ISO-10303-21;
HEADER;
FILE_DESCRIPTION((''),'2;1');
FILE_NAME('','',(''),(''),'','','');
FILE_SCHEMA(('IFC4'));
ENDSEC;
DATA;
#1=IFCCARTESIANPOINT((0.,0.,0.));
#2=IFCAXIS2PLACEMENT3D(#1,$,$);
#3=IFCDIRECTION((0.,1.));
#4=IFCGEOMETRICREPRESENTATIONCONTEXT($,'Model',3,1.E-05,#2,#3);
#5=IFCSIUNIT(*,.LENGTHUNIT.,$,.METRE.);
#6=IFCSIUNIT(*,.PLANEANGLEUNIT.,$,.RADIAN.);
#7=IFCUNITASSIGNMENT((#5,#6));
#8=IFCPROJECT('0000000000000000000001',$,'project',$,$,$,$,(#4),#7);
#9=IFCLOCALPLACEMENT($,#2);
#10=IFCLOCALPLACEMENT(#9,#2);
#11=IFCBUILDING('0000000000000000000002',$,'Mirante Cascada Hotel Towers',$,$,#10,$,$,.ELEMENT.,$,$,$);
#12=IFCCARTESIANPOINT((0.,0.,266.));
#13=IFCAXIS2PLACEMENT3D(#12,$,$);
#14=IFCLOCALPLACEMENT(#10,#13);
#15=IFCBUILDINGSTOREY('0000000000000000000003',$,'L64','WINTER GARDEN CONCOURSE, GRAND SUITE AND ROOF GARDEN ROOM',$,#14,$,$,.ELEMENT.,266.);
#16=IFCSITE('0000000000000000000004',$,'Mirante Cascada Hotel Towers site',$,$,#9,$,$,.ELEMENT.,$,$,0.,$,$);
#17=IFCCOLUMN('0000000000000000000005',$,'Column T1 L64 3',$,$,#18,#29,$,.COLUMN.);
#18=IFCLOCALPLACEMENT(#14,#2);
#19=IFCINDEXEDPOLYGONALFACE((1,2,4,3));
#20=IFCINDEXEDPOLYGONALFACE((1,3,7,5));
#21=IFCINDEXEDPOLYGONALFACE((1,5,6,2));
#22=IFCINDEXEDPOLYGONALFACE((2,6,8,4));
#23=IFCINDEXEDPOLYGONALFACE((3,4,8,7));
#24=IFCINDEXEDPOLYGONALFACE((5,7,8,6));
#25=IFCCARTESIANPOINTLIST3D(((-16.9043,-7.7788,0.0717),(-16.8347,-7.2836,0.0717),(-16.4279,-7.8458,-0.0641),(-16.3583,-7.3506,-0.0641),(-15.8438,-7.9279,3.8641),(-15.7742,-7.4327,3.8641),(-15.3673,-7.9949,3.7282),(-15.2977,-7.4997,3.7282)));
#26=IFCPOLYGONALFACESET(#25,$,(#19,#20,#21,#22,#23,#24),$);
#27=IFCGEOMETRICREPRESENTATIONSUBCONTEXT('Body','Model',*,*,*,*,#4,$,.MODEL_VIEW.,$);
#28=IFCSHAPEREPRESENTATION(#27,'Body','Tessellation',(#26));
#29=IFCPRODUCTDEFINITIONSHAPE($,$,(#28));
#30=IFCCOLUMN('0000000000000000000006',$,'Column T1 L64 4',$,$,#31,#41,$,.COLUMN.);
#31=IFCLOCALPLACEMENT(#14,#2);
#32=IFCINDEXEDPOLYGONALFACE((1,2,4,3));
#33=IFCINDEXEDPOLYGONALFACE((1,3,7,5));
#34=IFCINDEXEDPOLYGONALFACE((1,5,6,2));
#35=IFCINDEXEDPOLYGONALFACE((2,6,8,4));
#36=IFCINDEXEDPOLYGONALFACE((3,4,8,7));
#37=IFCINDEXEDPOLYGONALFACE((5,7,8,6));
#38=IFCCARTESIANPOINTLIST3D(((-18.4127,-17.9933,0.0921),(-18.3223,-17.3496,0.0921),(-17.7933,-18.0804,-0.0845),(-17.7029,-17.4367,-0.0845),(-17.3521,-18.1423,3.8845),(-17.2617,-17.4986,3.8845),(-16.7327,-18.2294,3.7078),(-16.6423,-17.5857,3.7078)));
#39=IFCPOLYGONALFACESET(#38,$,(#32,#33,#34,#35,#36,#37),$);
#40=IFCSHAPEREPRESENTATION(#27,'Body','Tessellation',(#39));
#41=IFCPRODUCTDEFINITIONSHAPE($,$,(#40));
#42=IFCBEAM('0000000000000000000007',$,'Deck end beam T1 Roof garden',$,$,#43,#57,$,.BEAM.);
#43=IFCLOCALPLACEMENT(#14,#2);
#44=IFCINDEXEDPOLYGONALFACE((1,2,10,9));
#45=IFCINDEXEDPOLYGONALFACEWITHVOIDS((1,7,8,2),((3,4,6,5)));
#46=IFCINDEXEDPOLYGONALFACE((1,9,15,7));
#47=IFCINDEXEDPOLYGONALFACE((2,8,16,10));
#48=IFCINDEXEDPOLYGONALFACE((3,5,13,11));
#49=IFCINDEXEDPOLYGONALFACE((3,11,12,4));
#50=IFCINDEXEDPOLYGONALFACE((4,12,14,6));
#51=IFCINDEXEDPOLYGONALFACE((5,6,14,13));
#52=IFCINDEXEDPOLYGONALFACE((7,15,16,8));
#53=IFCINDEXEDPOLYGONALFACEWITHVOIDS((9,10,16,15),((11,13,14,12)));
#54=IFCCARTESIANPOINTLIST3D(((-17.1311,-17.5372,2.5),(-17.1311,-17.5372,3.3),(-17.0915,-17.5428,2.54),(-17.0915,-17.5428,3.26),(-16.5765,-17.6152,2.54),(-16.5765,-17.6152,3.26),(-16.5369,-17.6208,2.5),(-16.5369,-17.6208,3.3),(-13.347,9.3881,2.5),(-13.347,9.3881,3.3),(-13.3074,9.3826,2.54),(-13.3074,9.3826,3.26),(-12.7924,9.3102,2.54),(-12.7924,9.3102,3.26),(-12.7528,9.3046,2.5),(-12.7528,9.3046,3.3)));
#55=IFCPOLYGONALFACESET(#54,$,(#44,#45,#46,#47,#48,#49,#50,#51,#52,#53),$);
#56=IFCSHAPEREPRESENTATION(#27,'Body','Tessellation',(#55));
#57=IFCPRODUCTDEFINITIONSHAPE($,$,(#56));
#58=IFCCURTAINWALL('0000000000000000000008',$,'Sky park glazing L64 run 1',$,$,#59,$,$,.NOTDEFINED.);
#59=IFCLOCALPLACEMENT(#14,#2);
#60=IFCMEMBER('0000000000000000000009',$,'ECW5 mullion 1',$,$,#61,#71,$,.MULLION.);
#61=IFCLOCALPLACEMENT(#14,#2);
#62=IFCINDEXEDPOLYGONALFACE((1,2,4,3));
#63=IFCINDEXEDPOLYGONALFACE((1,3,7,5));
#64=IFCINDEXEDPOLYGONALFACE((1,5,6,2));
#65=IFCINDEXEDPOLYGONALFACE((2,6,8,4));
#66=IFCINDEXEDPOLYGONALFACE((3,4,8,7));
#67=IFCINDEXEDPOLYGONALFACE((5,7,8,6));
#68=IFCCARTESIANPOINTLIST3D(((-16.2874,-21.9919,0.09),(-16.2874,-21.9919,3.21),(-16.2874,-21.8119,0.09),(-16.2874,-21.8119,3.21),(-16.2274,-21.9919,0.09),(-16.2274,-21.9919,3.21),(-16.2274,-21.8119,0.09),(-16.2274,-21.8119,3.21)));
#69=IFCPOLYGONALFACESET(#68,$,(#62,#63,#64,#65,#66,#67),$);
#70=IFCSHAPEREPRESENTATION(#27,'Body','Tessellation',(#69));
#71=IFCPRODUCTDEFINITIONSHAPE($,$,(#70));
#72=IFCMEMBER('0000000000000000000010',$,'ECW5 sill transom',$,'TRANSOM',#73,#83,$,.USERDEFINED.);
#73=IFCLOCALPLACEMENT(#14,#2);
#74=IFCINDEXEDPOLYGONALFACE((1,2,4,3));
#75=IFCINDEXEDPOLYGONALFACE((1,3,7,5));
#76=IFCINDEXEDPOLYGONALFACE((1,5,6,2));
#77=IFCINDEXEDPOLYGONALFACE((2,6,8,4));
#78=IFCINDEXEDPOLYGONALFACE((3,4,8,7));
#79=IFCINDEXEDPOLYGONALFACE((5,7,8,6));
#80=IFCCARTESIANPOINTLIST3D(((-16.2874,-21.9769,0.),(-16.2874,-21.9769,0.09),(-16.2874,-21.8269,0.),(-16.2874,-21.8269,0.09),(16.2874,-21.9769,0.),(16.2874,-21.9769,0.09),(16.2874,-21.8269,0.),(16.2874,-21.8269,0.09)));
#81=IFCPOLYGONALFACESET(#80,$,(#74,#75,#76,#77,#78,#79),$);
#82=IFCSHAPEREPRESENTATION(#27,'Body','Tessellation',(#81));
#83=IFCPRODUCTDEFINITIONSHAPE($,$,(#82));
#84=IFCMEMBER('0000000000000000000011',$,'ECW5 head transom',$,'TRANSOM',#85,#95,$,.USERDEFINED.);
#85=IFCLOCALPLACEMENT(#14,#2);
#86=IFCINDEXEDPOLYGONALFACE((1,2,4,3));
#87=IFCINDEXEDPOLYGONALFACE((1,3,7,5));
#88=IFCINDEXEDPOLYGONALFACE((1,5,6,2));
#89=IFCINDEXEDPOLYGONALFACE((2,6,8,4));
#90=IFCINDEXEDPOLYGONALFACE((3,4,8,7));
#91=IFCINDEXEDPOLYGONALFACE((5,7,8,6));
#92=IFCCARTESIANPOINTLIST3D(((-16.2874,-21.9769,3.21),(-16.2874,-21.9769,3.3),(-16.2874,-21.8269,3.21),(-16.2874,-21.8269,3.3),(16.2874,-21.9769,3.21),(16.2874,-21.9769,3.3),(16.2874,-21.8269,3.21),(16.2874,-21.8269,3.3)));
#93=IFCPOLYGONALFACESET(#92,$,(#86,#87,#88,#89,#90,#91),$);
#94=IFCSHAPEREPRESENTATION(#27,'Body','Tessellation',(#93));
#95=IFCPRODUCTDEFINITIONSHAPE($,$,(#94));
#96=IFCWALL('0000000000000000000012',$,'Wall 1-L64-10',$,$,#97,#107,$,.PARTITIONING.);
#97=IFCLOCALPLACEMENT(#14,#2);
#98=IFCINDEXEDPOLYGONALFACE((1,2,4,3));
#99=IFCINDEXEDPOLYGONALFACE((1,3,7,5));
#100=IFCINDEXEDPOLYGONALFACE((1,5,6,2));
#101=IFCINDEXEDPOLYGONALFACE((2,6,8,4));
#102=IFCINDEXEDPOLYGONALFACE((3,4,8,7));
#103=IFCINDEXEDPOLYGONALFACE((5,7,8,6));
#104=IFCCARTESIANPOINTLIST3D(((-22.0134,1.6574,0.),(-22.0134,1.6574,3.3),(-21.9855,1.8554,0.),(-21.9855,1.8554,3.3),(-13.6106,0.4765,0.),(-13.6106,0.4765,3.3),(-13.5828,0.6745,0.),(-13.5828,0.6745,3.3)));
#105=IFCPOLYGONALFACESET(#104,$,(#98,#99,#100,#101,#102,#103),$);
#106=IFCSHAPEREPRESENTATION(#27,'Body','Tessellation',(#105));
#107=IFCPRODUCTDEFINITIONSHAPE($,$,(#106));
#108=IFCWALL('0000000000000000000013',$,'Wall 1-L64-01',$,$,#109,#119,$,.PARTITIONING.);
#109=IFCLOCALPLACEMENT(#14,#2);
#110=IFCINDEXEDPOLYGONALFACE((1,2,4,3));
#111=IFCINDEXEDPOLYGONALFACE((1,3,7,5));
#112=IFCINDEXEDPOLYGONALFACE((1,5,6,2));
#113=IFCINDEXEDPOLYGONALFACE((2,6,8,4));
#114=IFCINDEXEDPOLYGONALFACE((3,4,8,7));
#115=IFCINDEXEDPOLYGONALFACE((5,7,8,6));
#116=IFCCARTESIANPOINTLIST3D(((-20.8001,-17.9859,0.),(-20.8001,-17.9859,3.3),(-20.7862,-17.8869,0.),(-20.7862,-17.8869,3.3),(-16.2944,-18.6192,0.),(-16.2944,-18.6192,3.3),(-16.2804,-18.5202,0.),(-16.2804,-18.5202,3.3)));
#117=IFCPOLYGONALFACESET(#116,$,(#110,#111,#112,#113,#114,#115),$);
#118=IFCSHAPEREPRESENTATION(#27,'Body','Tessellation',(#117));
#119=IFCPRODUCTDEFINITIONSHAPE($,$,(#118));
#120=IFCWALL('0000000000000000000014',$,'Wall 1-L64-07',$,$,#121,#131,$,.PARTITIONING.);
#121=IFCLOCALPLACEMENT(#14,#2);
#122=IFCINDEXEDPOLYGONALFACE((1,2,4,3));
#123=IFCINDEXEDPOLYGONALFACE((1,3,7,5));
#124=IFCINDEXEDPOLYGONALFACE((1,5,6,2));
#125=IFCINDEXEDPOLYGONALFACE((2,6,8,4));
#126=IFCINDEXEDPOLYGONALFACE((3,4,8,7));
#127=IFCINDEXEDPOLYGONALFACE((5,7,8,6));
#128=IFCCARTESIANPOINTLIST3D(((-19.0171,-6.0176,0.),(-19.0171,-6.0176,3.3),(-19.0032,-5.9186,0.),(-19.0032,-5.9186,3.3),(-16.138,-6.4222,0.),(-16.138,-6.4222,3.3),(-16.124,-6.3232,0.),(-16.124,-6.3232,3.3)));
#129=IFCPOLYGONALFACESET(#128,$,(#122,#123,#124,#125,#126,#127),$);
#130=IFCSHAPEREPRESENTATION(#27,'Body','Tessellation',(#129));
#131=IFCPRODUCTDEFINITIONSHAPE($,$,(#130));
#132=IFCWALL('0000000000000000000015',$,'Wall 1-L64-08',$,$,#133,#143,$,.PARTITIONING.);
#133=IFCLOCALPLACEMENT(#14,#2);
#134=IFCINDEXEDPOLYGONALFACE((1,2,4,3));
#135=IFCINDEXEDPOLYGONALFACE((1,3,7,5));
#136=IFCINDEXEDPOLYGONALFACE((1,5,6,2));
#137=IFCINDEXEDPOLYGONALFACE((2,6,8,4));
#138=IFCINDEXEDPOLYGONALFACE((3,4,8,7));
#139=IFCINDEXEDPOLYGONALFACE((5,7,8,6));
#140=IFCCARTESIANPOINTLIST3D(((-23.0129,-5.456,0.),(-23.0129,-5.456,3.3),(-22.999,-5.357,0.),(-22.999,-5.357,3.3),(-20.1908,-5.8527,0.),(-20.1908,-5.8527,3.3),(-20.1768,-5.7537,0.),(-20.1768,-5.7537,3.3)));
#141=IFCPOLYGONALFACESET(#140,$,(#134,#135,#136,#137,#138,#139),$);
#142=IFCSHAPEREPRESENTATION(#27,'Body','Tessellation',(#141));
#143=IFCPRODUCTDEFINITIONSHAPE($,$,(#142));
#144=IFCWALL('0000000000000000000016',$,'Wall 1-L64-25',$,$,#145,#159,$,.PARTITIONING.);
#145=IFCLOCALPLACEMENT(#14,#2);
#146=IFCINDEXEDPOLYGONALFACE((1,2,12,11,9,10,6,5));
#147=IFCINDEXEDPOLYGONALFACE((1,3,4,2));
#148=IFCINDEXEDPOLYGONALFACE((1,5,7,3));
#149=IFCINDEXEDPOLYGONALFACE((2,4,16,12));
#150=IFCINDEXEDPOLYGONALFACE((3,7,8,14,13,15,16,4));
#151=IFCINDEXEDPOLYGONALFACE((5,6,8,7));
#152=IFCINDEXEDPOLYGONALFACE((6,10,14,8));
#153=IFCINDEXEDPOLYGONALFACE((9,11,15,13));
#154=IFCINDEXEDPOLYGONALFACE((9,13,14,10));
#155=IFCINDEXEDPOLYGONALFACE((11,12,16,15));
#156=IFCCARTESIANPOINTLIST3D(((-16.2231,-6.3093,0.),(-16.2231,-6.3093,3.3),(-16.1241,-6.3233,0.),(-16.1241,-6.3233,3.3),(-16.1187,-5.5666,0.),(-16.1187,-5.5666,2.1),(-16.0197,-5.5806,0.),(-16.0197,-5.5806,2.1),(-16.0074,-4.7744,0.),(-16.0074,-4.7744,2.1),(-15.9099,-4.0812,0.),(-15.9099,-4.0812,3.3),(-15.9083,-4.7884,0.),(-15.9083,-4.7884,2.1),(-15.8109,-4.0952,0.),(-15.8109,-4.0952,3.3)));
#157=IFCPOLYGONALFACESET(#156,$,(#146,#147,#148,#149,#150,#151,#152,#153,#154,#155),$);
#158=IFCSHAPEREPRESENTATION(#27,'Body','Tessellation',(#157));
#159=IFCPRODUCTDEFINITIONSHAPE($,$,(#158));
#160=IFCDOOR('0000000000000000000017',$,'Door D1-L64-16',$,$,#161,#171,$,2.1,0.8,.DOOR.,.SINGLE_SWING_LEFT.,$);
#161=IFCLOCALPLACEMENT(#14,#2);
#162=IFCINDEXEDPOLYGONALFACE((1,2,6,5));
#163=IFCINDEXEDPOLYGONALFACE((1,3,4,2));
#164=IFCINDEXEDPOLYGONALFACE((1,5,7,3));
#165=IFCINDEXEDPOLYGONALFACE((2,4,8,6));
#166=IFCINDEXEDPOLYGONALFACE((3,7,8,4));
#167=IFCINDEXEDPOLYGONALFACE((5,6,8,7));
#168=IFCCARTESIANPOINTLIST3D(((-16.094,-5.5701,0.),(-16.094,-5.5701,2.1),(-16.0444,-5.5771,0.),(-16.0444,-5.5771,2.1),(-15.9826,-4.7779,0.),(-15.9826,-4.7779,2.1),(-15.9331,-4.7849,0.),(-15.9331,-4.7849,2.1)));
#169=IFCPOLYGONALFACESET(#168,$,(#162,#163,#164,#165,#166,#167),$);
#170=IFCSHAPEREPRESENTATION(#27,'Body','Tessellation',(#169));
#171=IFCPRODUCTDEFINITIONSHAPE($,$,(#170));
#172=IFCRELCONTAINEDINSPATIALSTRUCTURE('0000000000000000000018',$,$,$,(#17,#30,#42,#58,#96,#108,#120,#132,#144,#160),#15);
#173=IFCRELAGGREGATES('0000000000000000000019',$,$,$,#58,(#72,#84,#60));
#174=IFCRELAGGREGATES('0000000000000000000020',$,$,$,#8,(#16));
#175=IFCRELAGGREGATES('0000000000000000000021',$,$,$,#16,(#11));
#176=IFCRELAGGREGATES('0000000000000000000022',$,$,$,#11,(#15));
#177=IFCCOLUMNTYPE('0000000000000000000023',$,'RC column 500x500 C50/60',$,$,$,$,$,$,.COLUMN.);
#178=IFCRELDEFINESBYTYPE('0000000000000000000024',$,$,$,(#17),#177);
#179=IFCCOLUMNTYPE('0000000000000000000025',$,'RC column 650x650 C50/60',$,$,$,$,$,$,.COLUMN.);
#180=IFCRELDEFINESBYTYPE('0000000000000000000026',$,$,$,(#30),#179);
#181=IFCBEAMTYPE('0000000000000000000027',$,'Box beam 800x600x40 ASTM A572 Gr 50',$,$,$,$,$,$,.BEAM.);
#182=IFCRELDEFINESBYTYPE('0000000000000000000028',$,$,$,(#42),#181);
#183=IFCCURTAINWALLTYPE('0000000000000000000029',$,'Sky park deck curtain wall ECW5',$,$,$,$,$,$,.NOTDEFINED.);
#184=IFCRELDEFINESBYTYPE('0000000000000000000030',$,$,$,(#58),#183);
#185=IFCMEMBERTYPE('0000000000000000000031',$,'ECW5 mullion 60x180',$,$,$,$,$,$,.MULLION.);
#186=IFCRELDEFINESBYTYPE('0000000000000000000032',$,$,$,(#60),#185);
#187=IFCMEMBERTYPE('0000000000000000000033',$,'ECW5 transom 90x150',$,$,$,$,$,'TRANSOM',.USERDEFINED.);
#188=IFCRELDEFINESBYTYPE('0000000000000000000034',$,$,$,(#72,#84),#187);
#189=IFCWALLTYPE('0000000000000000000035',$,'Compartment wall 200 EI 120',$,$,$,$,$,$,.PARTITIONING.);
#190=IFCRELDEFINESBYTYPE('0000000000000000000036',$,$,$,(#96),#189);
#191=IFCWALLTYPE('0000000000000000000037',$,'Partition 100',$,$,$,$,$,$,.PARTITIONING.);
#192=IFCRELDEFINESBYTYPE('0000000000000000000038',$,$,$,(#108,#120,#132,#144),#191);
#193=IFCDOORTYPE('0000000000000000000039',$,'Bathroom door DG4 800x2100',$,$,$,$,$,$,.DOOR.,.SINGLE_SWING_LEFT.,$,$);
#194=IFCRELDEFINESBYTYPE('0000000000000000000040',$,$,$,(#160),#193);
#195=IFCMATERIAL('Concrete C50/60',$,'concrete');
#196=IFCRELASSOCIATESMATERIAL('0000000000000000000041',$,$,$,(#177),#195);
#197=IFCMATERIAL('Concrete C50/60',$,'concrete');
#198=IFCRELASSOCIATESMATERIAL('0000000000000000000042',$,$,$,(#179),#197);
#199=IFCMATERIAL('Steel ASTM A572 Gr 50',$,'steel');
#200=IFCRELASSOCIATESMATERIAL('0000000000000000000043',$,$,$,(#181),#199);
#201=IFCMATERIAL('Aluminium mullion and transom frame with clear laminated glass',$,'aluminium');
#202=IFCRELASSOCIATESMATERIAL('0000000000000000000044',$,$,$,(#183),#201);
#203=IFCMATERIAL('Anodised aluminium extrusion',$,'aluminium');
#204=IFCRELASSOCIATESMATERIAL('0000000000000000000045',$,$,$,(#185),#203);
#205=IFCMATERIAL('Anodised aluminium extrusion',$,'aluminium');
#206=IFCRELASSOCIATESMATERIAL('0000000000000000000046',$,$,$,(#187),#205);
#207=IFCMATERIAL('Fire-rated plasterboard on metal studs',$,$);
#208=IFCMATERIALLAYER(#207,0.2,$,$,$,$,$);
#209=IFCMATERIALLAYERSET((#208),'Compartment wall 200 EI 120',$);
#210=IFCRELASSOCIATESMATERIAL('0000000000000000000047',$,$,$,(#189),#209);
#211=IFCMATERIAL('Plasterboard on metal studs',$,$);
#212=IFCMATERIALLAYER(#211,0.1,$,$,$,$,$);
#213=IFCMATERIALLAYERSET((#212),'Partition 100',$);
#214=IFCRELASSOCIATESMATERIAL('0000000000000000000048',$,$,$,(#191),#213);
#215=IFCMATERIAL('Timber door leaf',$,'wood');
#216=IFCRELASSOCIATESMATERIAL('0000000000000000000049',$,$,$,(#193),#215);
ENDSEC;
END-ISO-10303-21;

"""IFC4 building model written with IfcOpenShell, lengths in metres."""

from ifc_helpers import new_model, si_unit, direction, frame, frame_2d, origin, origin_2d, place, context, subcontext, project, spatial, rectangle, hollow_rectangle, extrude, material, layer, layer_set, material_profile, profile_set, type_object, element, fill, aggregate, save


model = new_model("IFC4")

# Units and contexts
model_context = context("Model", 3, precision=1e-05, world=origin(), true_north=direction((0.0, 1.0)))
body_context = subcontext(model_context, "Body", "Model", "MODEL_VIEW")
ifc_project = project(units=[si_unit("LENGTHUNIT", "METRE"), si_unit("PLANEANGLEUNIT", "RADIAN")], contexts=[model_context])

# Site, building, storey
site_placement = place(None, origin())
site = spatial("IfcSite", under=ifc_project, at=site_placement, Name="Mirante Cascada Hotel Towers site", CompositionType="ELEMENT", RefElevation=0.0)
building_placement = place(site_placement, origin())
building = spatial("IfcBuilding", under=site, at=building_placement, Name="Mirante Cascada Hotel Towers", CompositionType="ELEMENT")
storey_placement = place(building_placement, frame((0.0, 0.0, 266.0)))
storey = spatial("IfcBuildingStorey", under=building, at=storey_placement, Name="L64", Description="WINTER GARDEN CONCOURSE, GRAND SUITE AND ROOF GARDEN ROOM", CompositionType="ELEMENT", Elevation=266.0)

# Columns
ifc_material_1 = material(Name="Concrete C50/60", Category="concrete")
ifc_material_profile_1 = material_profile(ifc_material_1, rectangle(XDim=0.5, YDim=0.5, at=origin_2d()), Name="RC column 500x500 C50/60")
ifc_profile_set_1 = profile_set([ifc_material_profile_1], Name="Concrete C50/60")
column_type_1 = type_object("IfcColumnType", Name="RC column 500x500 C50/60", PredefinedType="COLUMN", material=ifc_profile_set_1)
column_1_placement = place(storey_placement, frame((-16.6313, -7.5647, 0.0038), z_axis=(0.269137, -0.037836, 0.962358), x_axis=(0.139212, 0.990263, 0.0)))
element("IfcColumn", 1, at=column_1_placement, inside=storey, type_object=column_type_1, Name="Column T1 L64 3", PredefinedType="COLUMN", context=body_context, shape_type="SweptSolid", body=[
    extrude(rectangle(XDim=0.5, YDim=0.5, at=origin_2d()), origin(), (0.0, 0.0, 1.0), 3.9407),
])
ifc_material_2 = material(Name="Concrete C50/60", Category="concrete")
ifc_material_profile_2 = material_profile(ifc_material_2, rectangle(XDim=0.65, YDim=0.65, at=origin_2d()), Name="RC column 650x650 C50/60")
ifc_profile_set_2 = profile_set([ifc_material_profile_2], Name="Concrete C50/60")
column_type_2 = type_object("IfcColumnType", Name="RC column 650x650 C50/60", PredefinedType="COLUMN", material=ifc_profile_set_2)
column_2_placement = place(storey_placement, frame((-18.0578, -17.715, 0.0038), z_axis=(0.269138, -0.03781, 0.962359), x_axis=(0.13912, 0.990275, 0.0)))
element("IfcColumn", 2, at=column_2_placement, inside=storey, type_object=column_type_2, Name="Column T1 L64 4", PredefinedType="COLUMN", context=body_context, shape_type="SweptSolid", body=[
    extrude(rectangle(XDim=0.65, YDim=0.65, at=origin_2d()), origin(), (0.0, 0.0, 1.0), 3.9407),
])

# Beam
ifc_material_3 = material(Name="Steel ASTM A572 Gr 50", Category="steel")
ifc_material_profile_3 = material_profile(ifc_material_3, hollow_rectangle(XDim=0.6, YDim=0.8, WallThickness=0.04, at=origin_2d()), Name="Box beam 800x600x40 ASTM A572 Gr 50")
ifc_profile_set_3 = profile_set([ifc_material_profile_3], Name="Steel ASTM A572 Gr 50")
beam_type = type_object("IfcBeamType", Name="Box beam 800x600x40 ASTM A572 Gr 50", PredefinedType="BEAM", material=ifc_profile_set_3)
beam_placement = place(storey_placement, frame((-16.834, -17.579, 2.9), z_axis=(0.139172, 0.990268, 0.0), x_axis=(-0.990268, 0.139172, 0.0)))
element("IfcBeam", 3, at=beam_placement, inside=storey, type_object=beam_type, Name="Deck end beam T1 Roof garden", PredefinedType="BEAM", context=body_context, shape_type="SweptSolid", body=[
    extrude(hollow_rectangle(XDim=0.6, YDim=0.8, WallThickness=0.04, at=origin_2d()), origin(), (0.0, 0.0, 1.0), 27.19),
])

# Curtain wall, members
ifc_material_4 = material(Name="Aluminium mullion and transom frame with clear laminated glass", Category="aluminium")
curtain_wall_type = type_object("IfcCurtainWallType", Name="Sky park deck curtain wall ECW5", PredefinedType="NOTDEFINED", material=ifc_material_4)
curtain_wall_placement = place(storey_placement, origin())
curtain_wall = element("IfcCurtainWall", 4, at=curtain_wall_placement, inside=storey, type_object=curtain_wall_type, Name="Sky park glazing L64 run 1", PredefinedType="NOTDEFINED")
ifc_material_5 = material(Name="Anodised aluminium extrusion", Category="aluminium")
ifc_material_profile_4 = material_profile(ifc_material_5, rectangle(XDim=0.18, YDim=0.06, at=origin_2d()), Name="ECW5 MULLION 60x180")
ifc_profile_set_4 = profile_set([ifc_material_profile_4], Name="Anodised aluminium extrusion")
member_type_1 = type_object("IfcMemberType", Name="ECW5 mullion 60x180", PredefinedType="MULLION", material=ifc_profile_set_4)
member_1_placement = place(storey_placement, frame((-16.2574, -21.9019, 0.09), z_axis=(0.0, 0.0, 1.0), x_axis=(0.0, 1.0, 0.0)))
member_1 = element("IfcMember", 5, at=member_1_placement, type_object=member_type_1, Name="ECW5 mullion 1", PredefinedType="MULLION", context=body_context, shape_type="SweptSolid", body=[
    extrude(rectangle(XDim=0.18, YDim=0.06, at=origin_2d()), origin(), (0.0, 0.0, 1.0), 3.12),
])
ifc_material_6 = material(Name="Anodised aluminium extrusion", Category="aluminium")
ifc_material_profile_5 = material_profile(ifc_material_6, rectangle(XDim=0.15, YDim=0.09, at=origin_2d()), Name="ECW5 TRANSOM 90x150")
ifc_profile_set_5 = profile_set([ifc_material_profile_5], Name="Anodised aluminium extrusion")
member_type_2 = type_object("IfcMemberType", Name="ECW5 transom 90x150", ElementType="TRANSOM", PredefinedType="USERDEFINED", material=ifc_profile_set_5)
member_2_placement = place(storey_placement, frame((-16.2874, -21.9019, 0.045), z_axis=(1.0, 0.0, 0.0), x_axis=(0.0, 1.0, 0.0)))
member_2 = element("IfcMember", 6, at=member_2_placement, type_object=member_type_2, Name="ECW5 sill transom", ObjectType="TRANSOM", PredefinedType="USERDEFINED", context=body_context, shape_type="SweptSolid", body=[
    extrude(rectangle(XDim=0.15, YDim=0.09, at=origin_2d()), origin(), (0.0, 0.0, 1.0), 32.5748),
])
member_3_placement = place(storey_placement, frame((-16.2874, -21.9019, 3.255), z_axis=(1.0, 0.0, 0.0), x_axis=(0.0, 1.0, 0.0)))
member_3 = element("IfcMember", 7, at=member_3_placement, type_object=member_type_2, Name="ECW5 head transom", ObjectType="TRANSOM", PredefinedType="USERDEFINED", context=body_context, shape_type="SweptSolid", body=[
    extrude(rectangle(XDim=0.15, YDim=0.09, at=origin_2d()), origin(), (0.0, 0.0, 1.0), 32.5748),
])
aggregate(curtain_wall, [member_2, member_3, member_1])

# Walls
ifc_material_7 = material(Name="Fire-rated plasterboard on metal studs")
ifc_layer_1 = layer(ifc_material_7, 0.2)
ifc_layer_set_1 = layer_set([ifc_layer_1], Name="Compartment wall 200 EI 120")
wall_type_1 = type_object("IfcWallType", Name="Compartment wall 200 EI 120", PredefinedType="PARTITIONING", material=ifc_layer_set_1)
wall_1_placement = place(storey_placement, frame((-21.9994, 1.7564, 0.0), z_axis=(0.0, 0.0, 1.0), x_axis=(0.990268, -0.139171, 0.0)))
element("IfcWall", 8, at=wall_1_placement, inside=storey, type_object=wall_type_1, Name="Wall 1-L64-10", PredefinedType="PARTITIONING", context=body_context, shape_type="SweptSolid", body=[
    extrude(rectangle(XDim=8.4853, YDim=0.2, at=frame_2d((4.2426, 0.0))), origin(), (0.0, 0.0, 1.0), 3.3),
])
ifc_material_8 = material(Name="Plasterboard on metal studs")
ifc_layer_2 = layer(ifc_material_8, 0.1)
ifc_layer_set_2 = layer_set([ifc_layer_2], Name="Partition 100")
wall_type_2 = type_object("IfcWallType", Name="Partition 100", PredefinedType="PARTITIONING", material=ifc_layer_set_2)
wall_2_placement = place(storey_placement, frame((-16.2874, -18.5697, 0.0), z_axis=(0.0, 0.0, 1.0), x_axis=(-0.990266, 0.139187, 0.0)))
element("IfcWall", 9, at=wall_2_placement, inside=storey, type_object=wall_type_2, Name="Wall 1-L64-01", PredefinedType="PARTITIONING", context=body_context, shape_type="SweptSolid", body=[
    extrude(rectangle(XDim=4.55, YDim=0.1, at=frame_2d((2.275, 0.0))), origin(), (0.0, 0.0, 1.0), 3.3),
])
wall_3_placement = place(storey_placement, frame((-16.131, -6.3727, 0.0), z_axis=(0.0, 0.0, 1.0), x_axis=(-0.99027, 0.139163, 0.0)))
element("IfcWall", 10, at=wall_3_placement, inside=storey, type_object=wall_type_2, Name="Wall 1-L64-07", PredefinedType="PARTITIONING", context=body_context, shape_type="SweptSolid", body=[
    extrude(rectangle(XDim=2.9074, YDim=0.1, at=frame_2d((1.4537, 0.0))), origin(), (0.0, 0.0, 1.0), 3.3),
])
wall_4_placement = place(storey_placement, frame((-23.006, -5.4065, 0.0), z_axis=(0.0, 0.0, 1.0), x_axis=(0.990265, -0.139196, 0.0)))
element("IfcWall", 11, at=wall_4_placement, inside=storey, type_object=wall_type_2, Name="Wall 1-L64-08", PredefinedType="PARTITIONING", context=body_context, shape_type="SweptSolid", body=[
    extrude(rectangle(XDim=2.8499, YDim=0.1, at=frame_2d((1.425, 0.0))), origin(), (0.0, 0.0, 1.0), 3.3),
])

# Wall, opening, door
wall_5_placement = place(storey_placement, frame((-16.1736, -6.3163, 0.0), z_axis=(0.0, 0.0, 1.0), x_axis=(0.1392, 0.990264, 0.0)))
wall_5 = element("IfcWall", 12, at=wall_5_placement, inside=storey, type_object=wall_type_2, Name="Wall 1-L64-25", PredefinedType="PARTITIONING", context=body_context, shape_type="SweptSolid", body=[
    extrude(rectangle(XDim=2.25, YDim=0.1, at=frame_2d((1.125, 0.0))), origin(), (0.0, 0.0, 1.0), 3.3),
])
opening_1_placement = place(wall_5_placement, frame((0.75, 0.0, 0.0)))
opening_1 = element("IfcOpeningElement", 13, at=opening_1_placement, cuts=wall_5, PredefinedType="OPENING", context=body_context, shape_type="SweptSolid", body=[
    extrude(rectangle(XDim=0.8, YDim=2.1, at=frame_2d((0.4, 1.05))), frame((0.0, 0.05, 0.0), z_axis=(0.0, -1.0, 0.0), x_axis=(1.0, 0.0, 0.0)), (0.0, 0.0, 1.0), 0.1),
])
ifc_material_9 = material(Name="Timber door leaf", Category="wood")
door_type_1 = type_object("IfcDoorType", Name="Bathroom door DG4 800x2100", OperationType="SINGLE_SWING_LEFT", PredefinedType="DOOR", material=ifc_material_9)
door_1_placement = place(opening_1_placement, origin())
door_1 = element("IfcDoor", 14, at=door_1_placement, inside=storey, type_object=door_type_1, Name="Door D1-L64-16", OperationType="SINGLE_SWING_LEFT", OverallHeight=2.1, OverallWidth=0.8, PredefinedType="DOOR", context=body_context, shape_type="SweptSolid", body=[
    extrude(rectangle(XDim=0.8, YDim=2.1, at=frame_2d((0.4, 1.05))), frame((0.0, 0.025, 0.0), z_axis=(0.0, -1.0, 0.0), x_axis=(1.0, 0.0, 0.0)), (0.0, 0.0, 1.0), 0.05),
])
fill(opening_1, door_1)

save(model, "model.ifc")
